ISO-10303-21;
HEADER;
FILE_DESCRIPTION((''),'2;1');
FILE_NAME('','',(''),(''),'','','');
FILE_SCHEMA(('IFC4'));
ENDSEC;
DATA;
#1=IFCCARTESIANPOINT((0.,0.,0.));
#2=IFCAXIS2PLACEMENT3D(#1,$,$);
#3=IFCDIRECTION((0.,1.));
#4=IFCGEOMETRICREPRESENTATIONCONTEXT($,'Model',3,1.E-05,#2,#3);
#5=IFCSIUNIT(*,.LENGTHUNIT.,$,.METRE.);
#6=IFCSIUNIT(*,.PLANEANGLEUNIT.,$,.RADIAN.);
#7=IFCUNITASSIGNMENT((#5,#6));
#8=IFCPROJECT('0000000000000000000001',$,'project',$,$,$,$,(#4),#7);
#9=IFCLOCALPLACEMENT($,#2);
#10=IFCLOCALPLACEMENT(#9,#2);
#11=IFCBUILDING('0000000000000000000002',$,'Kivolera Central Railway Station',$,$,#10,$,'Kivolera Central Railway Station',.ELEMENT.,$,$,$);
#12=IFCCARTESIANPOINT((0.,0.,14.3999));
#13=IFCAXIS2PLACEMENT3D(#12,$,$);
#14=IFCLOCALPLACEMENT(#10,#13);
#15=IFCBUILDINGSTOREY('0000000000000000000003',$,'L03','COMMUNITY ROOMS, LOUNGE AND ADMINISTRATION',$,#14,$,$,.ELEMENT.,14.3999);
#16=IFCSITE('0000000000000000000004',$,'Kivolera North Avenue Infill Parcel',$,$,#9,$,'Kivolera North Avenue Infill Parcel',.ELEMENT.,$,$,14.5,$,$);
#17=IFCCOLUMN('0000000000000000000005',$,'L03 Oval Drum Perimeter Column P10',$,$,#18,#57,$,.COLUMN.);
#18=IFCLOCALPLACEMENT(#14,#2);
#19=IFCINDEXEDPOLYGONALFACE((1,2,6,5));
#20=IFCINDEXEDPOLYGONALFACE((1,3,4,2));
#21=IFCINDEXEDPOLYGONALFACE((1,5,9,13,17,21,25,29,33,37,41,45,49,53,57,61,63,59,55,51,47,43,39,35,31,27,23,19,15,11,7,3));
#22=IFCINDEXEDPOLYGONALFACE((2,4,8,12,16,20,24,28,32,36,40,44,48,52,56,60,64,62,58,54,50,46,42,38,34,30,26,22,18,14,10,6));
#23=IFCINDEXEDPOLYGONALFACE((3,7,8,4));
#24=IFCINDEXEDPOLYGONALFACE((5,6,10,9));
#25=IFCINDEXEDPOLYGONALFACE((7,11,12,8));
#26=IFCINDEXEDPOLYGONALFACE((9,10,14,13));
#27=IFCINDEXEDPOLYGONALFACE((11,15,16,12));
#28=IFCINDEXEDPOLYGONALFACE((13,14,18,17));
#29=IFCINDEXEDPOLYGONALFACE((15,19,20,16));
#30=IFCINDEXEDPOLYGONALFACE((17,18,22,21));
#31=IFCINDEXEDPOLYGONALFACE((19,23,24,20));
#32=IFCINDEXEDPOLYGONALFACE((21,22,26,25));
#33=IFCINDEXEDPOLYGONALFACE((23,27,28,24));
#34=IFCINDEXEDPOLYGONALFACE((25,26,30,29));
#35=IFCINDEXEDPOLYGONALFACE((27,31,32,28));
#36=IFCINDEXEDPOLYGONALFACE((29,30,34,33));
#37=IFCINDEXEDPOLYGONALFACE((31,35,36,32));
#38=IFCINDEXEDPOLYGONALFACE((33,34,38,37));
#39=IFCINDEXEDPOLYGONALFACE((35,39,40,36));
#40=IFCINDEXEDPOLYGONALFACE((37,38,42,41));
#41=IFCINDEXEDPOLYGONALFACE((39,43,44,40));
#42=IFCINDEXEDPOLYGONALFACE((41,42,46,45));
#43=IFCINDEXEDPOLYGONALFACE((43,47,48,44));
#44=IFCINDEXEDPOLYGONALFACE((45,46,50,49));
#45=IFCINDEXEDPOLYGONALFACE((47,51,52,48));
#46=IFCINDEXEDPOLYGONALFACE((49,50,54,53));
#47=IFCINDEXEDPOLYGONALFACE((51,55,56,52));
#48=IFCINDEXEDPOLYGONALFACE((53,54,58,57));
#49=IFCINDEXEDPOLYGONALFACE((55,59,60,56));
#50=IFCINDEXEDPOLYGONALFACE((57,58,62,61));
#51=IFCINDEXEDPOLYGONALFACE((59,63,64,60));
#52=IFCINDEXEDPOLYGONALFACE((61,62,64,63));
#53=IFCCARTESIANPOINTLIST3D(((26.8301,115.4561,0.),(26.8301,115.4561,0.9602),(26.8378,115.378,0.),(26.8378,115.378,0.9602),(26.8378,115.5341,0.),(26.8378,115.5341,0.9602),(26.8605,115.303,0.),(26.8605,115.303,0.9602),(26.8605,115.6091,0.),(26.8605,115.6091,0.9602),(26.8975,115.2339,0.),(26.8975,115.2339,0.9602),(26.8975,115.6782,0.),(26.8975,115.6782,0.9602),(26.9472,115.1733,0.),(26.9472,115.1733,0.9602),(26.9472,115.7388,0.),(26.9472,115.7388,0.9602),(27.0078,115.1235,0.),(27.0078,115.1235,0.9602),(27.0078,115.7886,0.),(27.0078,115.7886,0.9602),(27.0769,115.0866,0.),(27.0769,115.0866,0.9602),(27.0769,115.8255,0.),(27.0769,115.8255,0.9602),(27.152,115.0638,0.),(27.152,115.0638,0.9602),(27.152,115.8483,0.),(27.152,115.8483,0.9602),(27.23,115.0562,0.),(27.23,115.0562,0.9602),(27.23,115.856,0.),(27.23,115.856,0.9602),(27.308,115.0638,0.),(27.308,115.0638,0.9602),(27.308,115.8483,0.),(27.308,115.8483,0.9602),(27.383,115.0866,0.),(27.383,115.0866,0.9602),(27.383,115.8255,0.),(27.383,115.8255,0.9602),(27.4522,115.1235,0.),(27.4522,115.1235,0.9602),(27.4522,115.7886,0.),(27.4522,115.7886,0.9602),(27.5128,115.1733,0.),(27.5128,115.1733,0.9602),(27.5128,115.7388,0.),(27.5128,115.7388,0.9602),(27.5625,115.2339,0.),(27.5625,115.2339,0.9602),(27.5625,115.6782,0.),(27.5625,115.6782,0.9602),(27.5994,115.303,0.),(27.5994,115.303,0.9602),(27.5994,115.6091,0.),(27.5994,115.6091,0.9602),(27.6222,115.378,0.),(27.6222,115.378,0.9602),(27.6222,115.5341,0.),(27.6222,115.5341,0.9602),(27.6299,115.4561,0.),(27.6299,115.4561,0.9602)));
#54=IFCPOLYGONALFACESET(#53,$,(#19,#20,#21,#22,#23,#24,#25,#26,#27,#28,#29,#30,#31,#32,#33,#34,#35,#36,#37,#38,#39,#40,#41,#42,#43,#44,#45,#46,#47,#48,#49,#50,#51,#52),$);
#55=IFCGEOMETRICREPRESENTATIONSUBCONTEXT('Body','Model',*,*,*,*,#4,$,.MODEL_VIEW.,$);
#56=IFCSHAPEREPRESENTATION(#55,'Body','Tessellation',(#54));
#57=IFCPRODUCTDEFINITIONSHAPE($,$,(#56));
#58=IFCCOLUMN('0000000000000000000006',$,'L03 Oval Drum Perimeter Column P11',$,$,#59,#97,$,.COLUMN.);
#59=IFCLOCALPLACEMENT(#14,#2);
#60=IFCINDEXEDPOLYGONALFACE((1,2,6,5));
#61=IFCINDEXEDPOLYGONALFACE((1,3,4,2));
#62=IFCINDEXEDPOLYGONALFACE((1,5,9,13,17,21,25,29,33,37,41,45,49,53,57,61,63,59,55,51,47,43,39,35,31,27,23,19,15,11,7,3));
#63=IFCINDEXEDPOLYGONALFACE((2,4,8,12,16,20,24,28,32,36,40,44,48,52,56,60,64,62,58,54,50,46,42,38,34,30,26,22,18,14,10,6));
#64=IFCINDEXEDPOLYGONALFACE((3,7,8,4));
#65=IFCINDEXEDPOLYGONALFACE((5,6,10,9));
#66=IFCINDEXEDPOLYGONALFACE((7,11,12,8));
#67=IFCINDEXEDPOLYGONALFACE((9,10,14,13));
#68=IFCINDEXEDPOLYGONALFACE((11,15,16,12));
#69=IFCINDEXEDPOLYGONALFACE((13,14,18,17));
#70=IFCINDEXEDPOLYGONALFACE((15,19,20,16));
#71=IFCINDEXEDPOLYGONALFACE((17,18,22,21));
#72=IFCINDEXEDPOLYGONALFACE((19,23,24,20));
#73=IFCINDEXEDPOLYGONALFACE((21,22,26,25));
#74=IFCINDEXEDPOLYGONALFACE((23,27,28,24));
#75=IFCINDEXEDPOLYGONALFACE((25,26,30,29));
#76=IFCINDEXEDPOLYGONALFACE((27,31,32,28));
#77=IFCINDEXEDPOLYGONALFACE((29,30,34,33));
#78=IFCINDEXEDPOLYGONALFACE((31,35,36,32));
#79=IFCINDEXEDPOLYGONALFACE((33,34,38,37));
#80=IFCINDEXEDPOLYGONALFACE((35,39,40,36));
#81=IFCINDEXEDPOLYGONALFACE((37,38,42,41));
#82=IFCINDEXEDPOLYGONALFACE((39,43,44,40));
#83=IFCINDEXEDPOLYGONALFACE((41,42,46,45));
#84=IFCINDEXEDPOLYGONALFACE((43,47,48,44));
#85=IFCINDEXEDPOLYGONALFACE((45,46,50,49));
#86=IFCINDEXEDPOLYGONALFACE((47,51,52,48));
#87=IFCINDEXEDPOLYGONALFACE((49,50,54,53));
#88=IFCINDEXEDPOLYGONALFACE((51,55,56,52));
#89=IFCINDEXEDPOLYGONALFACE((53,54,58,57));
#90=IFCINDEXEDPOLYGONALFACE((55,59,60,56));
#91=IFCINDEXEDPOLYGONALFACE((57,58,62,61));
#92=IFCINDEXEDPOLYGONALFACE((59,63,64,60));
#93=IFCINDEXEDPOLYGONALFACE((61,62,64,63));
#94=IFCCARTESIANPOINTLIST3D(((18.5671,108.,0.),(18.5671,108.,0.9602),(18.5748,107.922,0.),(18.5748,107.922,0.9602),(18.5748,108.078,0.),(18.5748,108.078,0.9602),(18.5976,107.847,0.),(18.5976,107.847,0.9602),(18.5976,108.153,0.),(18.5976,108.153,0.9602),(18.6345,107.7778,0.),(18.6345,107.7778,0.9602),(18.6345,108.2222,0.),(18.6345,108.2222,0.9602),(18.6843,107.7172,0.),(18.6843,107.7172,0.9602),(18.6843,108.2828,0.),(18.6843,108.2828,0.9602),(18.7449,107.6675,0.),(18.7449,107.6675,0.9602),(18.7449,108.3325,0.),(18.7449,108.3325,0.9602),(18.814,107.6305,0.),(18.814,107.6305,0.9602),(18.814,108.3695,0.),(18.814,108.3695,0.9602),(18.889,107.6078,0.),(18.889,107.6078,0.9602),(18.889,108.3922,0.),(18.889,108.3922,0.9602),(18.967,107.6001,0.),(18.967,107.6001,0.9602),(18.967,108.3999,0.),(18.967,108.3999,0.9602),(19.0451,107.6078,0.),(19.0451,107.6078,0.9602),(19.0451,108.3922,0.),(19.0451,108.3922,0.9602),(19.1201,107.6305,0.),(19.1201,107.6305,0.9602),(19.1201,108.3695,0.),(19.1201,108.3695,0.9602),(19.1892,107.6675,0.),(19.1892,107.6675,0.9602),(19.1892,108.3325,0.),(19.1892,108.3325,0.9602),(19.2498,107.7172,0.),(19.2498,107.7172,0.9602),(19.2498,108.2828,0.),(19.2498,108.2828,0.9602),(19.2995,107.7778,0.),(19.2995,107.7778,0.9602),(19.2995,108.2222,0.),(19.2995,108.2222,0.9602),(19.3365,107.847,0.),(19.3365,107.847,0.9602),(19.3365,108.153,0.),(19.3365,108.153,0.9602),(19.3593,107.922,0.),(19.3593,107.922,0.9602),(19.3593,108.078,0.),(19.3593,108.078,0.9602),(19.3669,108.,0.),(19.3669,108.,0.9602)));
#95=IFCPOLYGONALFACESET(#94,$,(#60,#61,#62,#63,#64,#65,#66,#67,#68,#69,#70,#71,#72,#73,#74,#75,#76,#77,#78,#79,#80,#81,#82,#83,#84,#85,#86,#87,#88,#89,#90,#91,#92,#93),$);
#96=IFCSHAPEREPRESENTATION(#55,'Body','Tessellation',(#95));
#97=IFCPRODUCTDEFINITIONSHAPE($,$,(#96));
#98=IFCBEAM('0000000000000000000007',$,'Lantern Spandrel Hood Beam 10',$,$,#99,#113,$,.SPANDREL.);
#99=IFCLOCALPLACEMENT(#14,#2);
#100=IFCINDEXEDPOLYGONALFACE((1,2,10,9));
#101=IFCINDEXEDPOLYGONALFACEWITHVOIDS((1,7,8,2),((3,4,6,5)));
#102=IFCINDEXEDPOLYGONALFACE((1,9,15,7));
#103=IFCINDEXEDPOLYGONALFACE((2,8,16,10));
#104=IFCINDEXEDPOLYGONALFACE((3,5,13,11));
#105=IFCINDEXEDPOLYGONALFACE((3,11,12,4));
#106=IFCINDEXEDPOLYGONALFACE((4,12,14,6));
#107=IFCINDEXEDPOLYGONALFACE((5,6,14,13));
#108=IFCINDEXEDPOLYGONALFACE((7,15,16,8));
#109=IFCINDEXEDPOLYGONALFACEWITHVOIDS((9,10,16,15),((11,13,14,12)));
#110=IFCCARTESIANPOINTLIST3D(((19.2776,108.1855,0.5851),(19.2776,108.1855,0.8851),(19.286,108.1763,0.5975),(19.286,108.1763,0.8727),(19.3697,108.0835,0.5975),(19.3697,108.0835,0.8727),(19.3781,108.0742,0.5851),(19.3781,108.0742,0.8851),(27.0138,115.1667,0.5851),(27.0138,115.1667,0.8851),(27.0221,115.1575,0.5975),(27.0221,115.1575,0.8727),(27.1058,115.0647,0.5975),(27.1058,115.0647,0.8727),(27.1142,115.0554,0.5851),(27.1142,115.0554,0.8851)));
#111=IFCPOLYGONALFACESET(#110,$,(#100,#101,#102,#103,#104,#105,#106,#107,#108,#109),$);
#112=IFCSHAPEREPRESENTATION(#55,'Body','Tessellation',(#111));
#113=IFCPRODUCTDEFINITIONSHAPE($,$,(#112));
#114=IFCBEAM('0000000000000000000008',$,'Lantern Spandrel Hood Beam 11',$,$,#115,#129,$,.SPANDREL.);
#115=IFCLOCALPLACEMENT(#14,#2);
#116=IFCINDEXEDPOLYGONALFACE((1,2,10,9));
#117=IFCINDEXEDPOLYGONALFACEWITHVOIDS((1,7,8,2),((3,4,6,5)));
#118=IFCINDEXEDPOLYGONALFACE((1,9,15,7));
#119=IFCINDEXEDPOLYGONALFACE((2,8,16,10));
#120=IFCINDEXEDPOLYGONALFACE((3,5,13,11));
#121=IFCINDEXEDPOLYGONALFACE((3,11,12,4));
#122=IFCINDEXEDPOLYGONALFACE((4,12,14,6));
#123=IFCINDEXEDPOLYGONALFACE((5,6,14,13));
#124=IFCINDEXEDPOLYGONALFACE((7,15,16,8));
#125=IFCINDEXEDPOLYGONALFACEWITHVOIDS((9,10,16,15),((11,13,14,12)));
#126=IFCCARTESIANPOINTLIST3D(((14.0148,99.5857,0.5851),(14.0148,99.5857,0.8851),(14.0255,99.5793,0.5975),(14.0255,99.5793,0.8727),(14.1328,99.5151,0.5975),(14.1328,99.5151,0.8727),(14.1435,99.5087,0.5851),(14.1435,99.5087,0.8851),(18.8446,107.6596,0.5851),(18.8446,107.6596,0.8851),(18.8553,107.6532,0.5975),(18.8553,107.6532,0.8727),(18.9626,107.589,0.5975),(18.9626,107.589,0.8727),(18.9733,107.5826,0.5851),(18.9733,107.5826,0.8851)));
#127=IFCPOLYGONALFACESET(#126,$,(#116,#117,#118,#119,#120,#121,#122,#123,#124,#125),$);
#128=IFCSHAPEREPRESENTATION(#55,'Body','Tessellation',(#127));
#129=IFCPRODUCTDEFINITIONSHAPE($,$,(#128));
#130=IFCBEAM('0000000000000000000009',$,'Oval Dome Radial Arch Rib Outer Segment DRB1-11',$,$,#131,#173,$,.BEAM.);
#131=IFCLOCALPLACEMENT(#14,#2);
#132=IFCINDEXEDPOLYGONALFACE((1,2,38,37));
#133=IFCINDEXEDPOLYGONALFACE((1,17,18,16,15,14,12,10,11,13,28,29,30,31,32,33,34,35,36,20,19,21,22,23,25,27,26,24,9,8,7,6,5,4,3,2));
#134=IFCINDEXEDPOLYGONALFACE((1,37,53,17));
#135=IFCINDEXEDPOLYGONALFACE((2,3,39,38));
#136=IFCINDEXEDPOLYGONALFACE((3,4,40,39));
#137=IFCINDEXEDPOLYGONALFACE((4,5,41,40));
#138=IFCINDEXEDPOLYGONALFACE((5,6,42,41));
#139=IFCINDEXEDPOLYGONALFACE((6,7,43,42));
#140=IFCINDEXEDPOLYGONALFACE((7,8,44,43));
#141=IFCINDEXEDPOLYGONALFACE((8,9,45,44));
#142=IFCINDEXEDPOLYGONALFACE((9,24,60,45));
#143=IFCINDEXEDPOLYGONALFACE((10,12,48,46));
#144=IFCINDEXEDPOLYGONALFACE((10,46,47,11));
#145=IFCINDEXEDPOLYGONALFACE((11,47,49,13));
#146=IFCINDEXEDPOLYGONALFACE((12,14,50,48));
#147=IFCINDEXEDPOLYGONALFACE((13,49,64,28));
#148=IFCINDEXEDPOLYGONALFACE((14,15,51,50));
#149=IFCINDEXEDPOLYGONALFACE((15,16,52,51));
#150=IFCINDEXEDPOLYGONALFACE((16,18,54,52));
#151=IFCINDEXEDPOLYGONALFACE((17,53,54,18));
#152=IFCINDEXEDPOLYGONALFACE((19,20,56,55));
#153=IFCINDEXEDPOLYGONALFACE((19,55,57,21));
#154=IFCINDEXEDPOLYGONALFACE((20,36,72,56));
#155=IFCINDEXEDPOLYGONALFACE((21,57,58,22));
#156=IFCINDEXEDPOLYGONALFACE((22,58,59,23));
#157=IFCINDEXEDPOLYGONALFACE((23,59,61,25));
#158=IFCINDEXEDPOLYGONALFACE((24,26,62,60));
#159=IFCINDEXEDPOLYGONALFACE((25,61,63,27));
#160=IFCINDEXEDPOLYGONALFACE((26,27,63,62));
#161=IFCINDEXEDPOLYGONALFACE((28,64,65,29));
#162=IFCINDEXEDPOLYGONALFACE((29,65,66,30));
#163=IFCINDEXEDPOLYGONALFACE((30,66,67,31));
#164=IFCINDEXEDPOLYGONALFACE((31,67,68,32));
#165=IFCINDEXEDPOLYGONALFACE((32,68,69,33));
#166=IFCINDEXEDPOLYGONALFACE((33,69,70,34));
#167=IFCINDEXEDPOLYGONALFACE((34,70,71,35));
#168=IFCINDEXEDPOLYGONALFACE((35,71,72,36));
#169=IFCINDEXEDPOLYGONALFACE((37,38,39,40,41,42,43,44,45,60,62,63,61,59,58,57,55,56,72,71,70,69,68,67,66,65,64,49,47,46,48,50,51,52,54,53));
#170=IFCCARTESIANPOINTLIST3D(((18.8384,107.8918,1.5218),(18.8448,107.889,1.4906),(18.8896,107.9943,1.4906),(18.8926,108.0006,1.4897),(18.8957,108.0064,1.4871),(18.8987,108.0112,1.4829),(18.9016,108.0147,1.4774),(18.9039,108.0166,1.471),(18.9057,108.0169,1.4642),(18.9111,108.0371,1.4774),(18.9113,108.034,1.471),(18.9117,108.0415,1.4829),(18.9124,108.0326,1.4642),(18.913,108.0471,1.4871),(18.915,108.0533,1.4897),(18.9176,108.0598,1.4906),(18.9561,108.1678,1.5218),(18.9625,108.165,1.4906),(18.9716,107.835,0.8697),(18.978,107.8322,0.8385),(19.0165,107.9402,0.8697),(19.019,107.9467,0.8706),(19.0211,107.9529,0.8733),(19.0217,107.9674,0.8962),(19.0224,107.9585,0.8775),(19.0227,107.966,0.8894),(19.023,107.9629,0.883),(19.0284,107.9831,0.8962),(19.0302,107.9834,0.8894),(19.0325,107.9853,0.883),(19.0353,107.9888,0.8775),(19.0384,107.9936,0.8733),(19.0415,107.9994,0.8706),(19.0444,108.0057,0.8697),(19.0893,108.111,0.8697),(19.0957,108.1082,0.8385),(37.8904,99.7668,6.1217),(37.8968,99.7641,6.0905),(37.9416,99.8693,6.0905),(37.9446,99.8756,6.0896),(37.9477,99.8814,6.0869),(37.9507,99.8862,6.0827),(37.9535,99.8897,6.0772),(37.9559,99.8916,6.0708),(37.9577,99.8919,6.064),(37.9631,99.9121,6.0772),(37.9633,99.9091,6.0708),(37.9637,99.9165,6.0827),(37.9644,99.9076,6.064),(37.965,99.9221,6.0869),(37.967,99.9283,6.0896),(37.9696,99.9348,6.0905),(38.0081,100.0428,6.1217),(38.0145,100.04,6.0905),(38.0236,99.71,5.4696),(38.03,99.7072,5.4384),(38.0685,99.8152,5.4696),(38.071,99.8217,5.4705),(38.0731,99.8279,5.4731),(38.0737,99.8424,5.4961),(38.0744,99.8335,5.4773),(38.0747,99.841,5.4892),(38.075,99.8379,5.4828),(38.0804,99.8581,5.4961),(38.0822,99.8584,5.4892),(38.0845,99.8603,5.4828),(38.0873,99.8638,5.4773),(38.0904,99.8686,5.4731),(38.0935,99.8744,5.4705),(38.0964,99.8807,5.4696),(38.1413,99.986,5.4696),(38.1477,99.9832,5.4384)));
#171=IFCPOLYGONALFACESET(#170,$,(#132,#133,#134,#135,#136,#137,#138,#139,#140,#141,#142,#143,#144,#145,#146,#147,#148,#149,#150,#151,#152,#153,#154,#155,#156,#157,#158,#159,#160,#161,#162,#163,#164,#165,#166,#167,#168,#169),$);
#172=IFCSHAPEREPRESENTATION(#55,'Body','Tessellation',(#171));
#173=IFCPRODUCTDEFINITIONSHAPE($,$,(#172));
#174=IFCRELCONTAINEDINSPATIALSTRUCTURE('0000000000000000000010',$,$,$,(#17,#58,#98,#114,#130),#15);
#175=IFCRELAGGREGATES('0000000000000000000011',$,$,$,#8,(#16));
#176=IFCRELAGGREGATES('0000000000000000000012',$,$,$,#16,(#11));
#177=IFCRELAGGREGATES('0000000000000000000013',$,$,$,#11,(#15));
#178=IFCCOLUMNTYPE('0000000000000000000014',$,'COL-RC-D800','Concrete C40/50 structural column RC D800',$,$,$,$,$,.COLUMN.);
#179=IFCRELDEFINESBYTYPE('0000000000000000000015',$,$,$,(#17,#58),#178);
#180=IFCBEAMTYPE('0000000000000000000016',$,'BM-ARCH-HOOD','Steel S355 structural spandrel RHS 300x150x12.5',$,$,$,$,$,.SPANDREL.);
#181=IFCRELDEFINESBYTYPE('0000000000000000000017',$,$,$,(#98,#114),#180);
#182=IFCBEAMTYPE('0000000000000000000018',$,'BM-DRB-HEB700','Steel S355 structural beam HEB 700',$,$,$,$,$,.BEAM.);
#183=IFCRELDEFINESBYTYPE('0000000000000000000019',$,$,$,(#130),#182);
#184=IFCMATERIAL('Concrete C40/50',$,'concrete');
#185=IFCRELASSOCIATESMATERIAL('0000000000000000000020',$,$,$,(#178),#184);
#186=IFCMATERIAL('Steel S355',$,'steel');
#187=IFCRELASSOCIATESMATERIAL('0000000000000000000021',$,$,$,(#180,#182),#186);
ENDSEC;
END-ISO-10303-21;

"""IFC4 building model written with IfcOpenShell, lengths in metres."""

from ifc_helpers import new_model, si_unit, direction, frame, origin, origin_2d, place, context, subcontext, project, spatial, hollow_rectangle, circle, i_section, extrude, material, material_profile, profile_set, type_object, element, save


model = new_model("IFC4")

# Units and contexts
model_context = context("Model", 3, precision=1e-05, world=origin(), true_north=direction((0.0, 1.0)))
body_context = subcontext(model_context, "Body", "Model", "MODEL_VIEW")
ifc_project = project(units=[si_unit("LENGTHUNIT", "METRE"), si_unit("PLANEANGLEUNIT", "RADIAN")], contexts=[model_context])

# Site, building, storey
site_placement = place(None, origin())
site = spatial("IfcSite", under=ifc_project, at=site_placement, Name="Kivolera North Avenue Infill Parcel", LongName="Kivolera North Avenue Infill Parcel", CompositionType="ELEMENT", RefElevation=14.5)
building_placement = place(site_placement, origin())
building = spatial("IfcBuilding", under=site, at=building_placement, Name="Kivolera Central Railway Station", LongName="Kivolera Central Railway Station", CompositionType="ELEMENT")
storey_placement = place(building_placement, frame((0.0, 0.0, 14.3999)))
storey = spatial("IfcBuildingStorey", under=building, at=storey_placement, Name="L03", Description="COMMUNITY ROOMS, LOUNGE AND ADMINISTRATION", CompositionType="ELEMENT", Elevation=14.3999)

# Columns
ifc_material_1 = material(Name="Concrete C40/50", Category="concrete")
ifc_material_profile_1 = material_profile(ifc_material_1, circle(Radius=0.3999, at=origin_2d()), Name="RC D800")
ifc_profile_set_1 = profile_set([ifc_material_profile_1], Name="Concrete C40/50")
column_type = type_object("IfcColumnType", Name="COL-RC-D800", Description="Concrete C40/50 structural column RC D800", PredefinedType="COLUMN", material=ifc_profile_set_1)
for number, where, z_axis, x_axis, name in (
    (1, (27.23, 115.4561, 0.0), (0.0, 0.0, 1.0), (1.0, 0.0, 0.0), "L03 Oval Drum Perimeter Column P10"),
    (2, (18.967, 108.0, 0.0), (0.0, 0.0, 1.0), (1.0, 0.0, 0.0), "L03 Oval Drum Perimeter Column P11"),
):
    element("IfcColumn", number, at=place(storey_placement, frame(where, z_axis=z_axis, x_axis=x_axis)), inside=storey, type_object=column_type, Name=name, PredefinedType="COLUMN", context=body_context, shape_type="SweptSolid", body=[
        extrude(circle(Radius=0.3999, at=origin_2d()), origin(), (0.0, 0.0, 1.0), 0.9602),
    ])

# Beams
ifc_material_2 = material(Name="Steel S355", Category="steel")
ifc_material_profile_2 = material_profile(ifc_material_2, hollow_rectangle(XDim=0.1499, YDim=0.3, WallThickness=0.0125, at=origin_2d()), Name="RHS 300x150x12.5")
ifc_profile_set_2 = profile_set([ifc_material_profile_2], Name="Steel S355")
beam_type_1 = type_object("IfcBeamType", Name="BM-ARCH-HOOD", Description="Steel S355 structural spandrel RHS 300x150x12.5", PredefinedType="SPANDREL", material=ifc_profile_set_2)
beam_1_placement = place(storey_placement, frame((27.064, 115.1111, 0.7351), z_axis=(-0.7424, -0.669957, 0.0), x_axis=(0.669957, -0.7424, 0.0)))
element("IfcBeam", 3, at=beam_1_placement, inside=storey, type_object=beam_type_1, Name="Lantern Spandrel Hood Beam 10", PredefinedType="SPANDREL", context=body_context, shape_type="SweptSolid", body=[
    extrude(hollow_rectangle(XDim=0.1499, YDim=0.3, WallThickness=0.0125, at=origin_2d()), origin(), (0.0, 0.0, 1.0), 10.4204),
])
beam_2_placement = place(storey_placement, frame((18.9089, 107.6211, 0.7351), z_axis=(-0.513358, -0.858174, 0.0), x_axis=(0.858174, -0.513358, 0.0)))
element("IfcBeam", 4, at=beam_2_placement, inside=storey, type_object=beam_type_1, Name="Lantern Spandrel Hood Beam 11", PredefinedType="SPANDREL", context=body_context, shape_type="SweptSolid", body=[
    extrude(hollow_rectangle(XDim=0.1499, YDim=0.3, WallThickness=0.0125, at=origin_2d()), origin(), (0.0, 0.0, 1.0), 9.4082),
])
ifc_material_profile_3 = material_profile(ifc_material_2, i_section(OverallWidth=0.3, OverallDepth=0.7, WebThickness=0.0171, FlangeThickness=0.032, FilletRadius=0.0271, at=origin_2d()), Name="HEB 700")
ifc_profile_set_3 = profile_set([ifc_material_profile_3], Name="Steel S355")
beam_type_2 = type_object("IfcBeamType", Name="BM-DRB-HEB700", Description="Steel S355 structural beam HEB 700", PredefinedType="BEAM", material=ifc_profile_set_3)
beam_3_placement = place(storey_placement, frame((18.967, 108.0, 1.1802), z_axis=(0.897967, -0.382951, 0.216802), x_axis=(0.392281, 0.919845, 0.0)))
element("IfcBeam", 5, at=beam_3_placement, inside=storey, type_object=beam_type_2, Name="Oval Dome Radial Arch Rib Outer Segment DRB1-11", PredefinedType="BEAM", context=body_context, shape_type="SweptSolid", body=[
    extrude(i_section(OverallWidth=0.3, OverallDepth=0.7, WebThickness=0.0171, FlangeThickness=0.032, FilletRadius=0.0271, at=origin_2d()), origin(), (0.0, 0.0, 1.0), 21.2168),
])

save(model, "model.ifc")
